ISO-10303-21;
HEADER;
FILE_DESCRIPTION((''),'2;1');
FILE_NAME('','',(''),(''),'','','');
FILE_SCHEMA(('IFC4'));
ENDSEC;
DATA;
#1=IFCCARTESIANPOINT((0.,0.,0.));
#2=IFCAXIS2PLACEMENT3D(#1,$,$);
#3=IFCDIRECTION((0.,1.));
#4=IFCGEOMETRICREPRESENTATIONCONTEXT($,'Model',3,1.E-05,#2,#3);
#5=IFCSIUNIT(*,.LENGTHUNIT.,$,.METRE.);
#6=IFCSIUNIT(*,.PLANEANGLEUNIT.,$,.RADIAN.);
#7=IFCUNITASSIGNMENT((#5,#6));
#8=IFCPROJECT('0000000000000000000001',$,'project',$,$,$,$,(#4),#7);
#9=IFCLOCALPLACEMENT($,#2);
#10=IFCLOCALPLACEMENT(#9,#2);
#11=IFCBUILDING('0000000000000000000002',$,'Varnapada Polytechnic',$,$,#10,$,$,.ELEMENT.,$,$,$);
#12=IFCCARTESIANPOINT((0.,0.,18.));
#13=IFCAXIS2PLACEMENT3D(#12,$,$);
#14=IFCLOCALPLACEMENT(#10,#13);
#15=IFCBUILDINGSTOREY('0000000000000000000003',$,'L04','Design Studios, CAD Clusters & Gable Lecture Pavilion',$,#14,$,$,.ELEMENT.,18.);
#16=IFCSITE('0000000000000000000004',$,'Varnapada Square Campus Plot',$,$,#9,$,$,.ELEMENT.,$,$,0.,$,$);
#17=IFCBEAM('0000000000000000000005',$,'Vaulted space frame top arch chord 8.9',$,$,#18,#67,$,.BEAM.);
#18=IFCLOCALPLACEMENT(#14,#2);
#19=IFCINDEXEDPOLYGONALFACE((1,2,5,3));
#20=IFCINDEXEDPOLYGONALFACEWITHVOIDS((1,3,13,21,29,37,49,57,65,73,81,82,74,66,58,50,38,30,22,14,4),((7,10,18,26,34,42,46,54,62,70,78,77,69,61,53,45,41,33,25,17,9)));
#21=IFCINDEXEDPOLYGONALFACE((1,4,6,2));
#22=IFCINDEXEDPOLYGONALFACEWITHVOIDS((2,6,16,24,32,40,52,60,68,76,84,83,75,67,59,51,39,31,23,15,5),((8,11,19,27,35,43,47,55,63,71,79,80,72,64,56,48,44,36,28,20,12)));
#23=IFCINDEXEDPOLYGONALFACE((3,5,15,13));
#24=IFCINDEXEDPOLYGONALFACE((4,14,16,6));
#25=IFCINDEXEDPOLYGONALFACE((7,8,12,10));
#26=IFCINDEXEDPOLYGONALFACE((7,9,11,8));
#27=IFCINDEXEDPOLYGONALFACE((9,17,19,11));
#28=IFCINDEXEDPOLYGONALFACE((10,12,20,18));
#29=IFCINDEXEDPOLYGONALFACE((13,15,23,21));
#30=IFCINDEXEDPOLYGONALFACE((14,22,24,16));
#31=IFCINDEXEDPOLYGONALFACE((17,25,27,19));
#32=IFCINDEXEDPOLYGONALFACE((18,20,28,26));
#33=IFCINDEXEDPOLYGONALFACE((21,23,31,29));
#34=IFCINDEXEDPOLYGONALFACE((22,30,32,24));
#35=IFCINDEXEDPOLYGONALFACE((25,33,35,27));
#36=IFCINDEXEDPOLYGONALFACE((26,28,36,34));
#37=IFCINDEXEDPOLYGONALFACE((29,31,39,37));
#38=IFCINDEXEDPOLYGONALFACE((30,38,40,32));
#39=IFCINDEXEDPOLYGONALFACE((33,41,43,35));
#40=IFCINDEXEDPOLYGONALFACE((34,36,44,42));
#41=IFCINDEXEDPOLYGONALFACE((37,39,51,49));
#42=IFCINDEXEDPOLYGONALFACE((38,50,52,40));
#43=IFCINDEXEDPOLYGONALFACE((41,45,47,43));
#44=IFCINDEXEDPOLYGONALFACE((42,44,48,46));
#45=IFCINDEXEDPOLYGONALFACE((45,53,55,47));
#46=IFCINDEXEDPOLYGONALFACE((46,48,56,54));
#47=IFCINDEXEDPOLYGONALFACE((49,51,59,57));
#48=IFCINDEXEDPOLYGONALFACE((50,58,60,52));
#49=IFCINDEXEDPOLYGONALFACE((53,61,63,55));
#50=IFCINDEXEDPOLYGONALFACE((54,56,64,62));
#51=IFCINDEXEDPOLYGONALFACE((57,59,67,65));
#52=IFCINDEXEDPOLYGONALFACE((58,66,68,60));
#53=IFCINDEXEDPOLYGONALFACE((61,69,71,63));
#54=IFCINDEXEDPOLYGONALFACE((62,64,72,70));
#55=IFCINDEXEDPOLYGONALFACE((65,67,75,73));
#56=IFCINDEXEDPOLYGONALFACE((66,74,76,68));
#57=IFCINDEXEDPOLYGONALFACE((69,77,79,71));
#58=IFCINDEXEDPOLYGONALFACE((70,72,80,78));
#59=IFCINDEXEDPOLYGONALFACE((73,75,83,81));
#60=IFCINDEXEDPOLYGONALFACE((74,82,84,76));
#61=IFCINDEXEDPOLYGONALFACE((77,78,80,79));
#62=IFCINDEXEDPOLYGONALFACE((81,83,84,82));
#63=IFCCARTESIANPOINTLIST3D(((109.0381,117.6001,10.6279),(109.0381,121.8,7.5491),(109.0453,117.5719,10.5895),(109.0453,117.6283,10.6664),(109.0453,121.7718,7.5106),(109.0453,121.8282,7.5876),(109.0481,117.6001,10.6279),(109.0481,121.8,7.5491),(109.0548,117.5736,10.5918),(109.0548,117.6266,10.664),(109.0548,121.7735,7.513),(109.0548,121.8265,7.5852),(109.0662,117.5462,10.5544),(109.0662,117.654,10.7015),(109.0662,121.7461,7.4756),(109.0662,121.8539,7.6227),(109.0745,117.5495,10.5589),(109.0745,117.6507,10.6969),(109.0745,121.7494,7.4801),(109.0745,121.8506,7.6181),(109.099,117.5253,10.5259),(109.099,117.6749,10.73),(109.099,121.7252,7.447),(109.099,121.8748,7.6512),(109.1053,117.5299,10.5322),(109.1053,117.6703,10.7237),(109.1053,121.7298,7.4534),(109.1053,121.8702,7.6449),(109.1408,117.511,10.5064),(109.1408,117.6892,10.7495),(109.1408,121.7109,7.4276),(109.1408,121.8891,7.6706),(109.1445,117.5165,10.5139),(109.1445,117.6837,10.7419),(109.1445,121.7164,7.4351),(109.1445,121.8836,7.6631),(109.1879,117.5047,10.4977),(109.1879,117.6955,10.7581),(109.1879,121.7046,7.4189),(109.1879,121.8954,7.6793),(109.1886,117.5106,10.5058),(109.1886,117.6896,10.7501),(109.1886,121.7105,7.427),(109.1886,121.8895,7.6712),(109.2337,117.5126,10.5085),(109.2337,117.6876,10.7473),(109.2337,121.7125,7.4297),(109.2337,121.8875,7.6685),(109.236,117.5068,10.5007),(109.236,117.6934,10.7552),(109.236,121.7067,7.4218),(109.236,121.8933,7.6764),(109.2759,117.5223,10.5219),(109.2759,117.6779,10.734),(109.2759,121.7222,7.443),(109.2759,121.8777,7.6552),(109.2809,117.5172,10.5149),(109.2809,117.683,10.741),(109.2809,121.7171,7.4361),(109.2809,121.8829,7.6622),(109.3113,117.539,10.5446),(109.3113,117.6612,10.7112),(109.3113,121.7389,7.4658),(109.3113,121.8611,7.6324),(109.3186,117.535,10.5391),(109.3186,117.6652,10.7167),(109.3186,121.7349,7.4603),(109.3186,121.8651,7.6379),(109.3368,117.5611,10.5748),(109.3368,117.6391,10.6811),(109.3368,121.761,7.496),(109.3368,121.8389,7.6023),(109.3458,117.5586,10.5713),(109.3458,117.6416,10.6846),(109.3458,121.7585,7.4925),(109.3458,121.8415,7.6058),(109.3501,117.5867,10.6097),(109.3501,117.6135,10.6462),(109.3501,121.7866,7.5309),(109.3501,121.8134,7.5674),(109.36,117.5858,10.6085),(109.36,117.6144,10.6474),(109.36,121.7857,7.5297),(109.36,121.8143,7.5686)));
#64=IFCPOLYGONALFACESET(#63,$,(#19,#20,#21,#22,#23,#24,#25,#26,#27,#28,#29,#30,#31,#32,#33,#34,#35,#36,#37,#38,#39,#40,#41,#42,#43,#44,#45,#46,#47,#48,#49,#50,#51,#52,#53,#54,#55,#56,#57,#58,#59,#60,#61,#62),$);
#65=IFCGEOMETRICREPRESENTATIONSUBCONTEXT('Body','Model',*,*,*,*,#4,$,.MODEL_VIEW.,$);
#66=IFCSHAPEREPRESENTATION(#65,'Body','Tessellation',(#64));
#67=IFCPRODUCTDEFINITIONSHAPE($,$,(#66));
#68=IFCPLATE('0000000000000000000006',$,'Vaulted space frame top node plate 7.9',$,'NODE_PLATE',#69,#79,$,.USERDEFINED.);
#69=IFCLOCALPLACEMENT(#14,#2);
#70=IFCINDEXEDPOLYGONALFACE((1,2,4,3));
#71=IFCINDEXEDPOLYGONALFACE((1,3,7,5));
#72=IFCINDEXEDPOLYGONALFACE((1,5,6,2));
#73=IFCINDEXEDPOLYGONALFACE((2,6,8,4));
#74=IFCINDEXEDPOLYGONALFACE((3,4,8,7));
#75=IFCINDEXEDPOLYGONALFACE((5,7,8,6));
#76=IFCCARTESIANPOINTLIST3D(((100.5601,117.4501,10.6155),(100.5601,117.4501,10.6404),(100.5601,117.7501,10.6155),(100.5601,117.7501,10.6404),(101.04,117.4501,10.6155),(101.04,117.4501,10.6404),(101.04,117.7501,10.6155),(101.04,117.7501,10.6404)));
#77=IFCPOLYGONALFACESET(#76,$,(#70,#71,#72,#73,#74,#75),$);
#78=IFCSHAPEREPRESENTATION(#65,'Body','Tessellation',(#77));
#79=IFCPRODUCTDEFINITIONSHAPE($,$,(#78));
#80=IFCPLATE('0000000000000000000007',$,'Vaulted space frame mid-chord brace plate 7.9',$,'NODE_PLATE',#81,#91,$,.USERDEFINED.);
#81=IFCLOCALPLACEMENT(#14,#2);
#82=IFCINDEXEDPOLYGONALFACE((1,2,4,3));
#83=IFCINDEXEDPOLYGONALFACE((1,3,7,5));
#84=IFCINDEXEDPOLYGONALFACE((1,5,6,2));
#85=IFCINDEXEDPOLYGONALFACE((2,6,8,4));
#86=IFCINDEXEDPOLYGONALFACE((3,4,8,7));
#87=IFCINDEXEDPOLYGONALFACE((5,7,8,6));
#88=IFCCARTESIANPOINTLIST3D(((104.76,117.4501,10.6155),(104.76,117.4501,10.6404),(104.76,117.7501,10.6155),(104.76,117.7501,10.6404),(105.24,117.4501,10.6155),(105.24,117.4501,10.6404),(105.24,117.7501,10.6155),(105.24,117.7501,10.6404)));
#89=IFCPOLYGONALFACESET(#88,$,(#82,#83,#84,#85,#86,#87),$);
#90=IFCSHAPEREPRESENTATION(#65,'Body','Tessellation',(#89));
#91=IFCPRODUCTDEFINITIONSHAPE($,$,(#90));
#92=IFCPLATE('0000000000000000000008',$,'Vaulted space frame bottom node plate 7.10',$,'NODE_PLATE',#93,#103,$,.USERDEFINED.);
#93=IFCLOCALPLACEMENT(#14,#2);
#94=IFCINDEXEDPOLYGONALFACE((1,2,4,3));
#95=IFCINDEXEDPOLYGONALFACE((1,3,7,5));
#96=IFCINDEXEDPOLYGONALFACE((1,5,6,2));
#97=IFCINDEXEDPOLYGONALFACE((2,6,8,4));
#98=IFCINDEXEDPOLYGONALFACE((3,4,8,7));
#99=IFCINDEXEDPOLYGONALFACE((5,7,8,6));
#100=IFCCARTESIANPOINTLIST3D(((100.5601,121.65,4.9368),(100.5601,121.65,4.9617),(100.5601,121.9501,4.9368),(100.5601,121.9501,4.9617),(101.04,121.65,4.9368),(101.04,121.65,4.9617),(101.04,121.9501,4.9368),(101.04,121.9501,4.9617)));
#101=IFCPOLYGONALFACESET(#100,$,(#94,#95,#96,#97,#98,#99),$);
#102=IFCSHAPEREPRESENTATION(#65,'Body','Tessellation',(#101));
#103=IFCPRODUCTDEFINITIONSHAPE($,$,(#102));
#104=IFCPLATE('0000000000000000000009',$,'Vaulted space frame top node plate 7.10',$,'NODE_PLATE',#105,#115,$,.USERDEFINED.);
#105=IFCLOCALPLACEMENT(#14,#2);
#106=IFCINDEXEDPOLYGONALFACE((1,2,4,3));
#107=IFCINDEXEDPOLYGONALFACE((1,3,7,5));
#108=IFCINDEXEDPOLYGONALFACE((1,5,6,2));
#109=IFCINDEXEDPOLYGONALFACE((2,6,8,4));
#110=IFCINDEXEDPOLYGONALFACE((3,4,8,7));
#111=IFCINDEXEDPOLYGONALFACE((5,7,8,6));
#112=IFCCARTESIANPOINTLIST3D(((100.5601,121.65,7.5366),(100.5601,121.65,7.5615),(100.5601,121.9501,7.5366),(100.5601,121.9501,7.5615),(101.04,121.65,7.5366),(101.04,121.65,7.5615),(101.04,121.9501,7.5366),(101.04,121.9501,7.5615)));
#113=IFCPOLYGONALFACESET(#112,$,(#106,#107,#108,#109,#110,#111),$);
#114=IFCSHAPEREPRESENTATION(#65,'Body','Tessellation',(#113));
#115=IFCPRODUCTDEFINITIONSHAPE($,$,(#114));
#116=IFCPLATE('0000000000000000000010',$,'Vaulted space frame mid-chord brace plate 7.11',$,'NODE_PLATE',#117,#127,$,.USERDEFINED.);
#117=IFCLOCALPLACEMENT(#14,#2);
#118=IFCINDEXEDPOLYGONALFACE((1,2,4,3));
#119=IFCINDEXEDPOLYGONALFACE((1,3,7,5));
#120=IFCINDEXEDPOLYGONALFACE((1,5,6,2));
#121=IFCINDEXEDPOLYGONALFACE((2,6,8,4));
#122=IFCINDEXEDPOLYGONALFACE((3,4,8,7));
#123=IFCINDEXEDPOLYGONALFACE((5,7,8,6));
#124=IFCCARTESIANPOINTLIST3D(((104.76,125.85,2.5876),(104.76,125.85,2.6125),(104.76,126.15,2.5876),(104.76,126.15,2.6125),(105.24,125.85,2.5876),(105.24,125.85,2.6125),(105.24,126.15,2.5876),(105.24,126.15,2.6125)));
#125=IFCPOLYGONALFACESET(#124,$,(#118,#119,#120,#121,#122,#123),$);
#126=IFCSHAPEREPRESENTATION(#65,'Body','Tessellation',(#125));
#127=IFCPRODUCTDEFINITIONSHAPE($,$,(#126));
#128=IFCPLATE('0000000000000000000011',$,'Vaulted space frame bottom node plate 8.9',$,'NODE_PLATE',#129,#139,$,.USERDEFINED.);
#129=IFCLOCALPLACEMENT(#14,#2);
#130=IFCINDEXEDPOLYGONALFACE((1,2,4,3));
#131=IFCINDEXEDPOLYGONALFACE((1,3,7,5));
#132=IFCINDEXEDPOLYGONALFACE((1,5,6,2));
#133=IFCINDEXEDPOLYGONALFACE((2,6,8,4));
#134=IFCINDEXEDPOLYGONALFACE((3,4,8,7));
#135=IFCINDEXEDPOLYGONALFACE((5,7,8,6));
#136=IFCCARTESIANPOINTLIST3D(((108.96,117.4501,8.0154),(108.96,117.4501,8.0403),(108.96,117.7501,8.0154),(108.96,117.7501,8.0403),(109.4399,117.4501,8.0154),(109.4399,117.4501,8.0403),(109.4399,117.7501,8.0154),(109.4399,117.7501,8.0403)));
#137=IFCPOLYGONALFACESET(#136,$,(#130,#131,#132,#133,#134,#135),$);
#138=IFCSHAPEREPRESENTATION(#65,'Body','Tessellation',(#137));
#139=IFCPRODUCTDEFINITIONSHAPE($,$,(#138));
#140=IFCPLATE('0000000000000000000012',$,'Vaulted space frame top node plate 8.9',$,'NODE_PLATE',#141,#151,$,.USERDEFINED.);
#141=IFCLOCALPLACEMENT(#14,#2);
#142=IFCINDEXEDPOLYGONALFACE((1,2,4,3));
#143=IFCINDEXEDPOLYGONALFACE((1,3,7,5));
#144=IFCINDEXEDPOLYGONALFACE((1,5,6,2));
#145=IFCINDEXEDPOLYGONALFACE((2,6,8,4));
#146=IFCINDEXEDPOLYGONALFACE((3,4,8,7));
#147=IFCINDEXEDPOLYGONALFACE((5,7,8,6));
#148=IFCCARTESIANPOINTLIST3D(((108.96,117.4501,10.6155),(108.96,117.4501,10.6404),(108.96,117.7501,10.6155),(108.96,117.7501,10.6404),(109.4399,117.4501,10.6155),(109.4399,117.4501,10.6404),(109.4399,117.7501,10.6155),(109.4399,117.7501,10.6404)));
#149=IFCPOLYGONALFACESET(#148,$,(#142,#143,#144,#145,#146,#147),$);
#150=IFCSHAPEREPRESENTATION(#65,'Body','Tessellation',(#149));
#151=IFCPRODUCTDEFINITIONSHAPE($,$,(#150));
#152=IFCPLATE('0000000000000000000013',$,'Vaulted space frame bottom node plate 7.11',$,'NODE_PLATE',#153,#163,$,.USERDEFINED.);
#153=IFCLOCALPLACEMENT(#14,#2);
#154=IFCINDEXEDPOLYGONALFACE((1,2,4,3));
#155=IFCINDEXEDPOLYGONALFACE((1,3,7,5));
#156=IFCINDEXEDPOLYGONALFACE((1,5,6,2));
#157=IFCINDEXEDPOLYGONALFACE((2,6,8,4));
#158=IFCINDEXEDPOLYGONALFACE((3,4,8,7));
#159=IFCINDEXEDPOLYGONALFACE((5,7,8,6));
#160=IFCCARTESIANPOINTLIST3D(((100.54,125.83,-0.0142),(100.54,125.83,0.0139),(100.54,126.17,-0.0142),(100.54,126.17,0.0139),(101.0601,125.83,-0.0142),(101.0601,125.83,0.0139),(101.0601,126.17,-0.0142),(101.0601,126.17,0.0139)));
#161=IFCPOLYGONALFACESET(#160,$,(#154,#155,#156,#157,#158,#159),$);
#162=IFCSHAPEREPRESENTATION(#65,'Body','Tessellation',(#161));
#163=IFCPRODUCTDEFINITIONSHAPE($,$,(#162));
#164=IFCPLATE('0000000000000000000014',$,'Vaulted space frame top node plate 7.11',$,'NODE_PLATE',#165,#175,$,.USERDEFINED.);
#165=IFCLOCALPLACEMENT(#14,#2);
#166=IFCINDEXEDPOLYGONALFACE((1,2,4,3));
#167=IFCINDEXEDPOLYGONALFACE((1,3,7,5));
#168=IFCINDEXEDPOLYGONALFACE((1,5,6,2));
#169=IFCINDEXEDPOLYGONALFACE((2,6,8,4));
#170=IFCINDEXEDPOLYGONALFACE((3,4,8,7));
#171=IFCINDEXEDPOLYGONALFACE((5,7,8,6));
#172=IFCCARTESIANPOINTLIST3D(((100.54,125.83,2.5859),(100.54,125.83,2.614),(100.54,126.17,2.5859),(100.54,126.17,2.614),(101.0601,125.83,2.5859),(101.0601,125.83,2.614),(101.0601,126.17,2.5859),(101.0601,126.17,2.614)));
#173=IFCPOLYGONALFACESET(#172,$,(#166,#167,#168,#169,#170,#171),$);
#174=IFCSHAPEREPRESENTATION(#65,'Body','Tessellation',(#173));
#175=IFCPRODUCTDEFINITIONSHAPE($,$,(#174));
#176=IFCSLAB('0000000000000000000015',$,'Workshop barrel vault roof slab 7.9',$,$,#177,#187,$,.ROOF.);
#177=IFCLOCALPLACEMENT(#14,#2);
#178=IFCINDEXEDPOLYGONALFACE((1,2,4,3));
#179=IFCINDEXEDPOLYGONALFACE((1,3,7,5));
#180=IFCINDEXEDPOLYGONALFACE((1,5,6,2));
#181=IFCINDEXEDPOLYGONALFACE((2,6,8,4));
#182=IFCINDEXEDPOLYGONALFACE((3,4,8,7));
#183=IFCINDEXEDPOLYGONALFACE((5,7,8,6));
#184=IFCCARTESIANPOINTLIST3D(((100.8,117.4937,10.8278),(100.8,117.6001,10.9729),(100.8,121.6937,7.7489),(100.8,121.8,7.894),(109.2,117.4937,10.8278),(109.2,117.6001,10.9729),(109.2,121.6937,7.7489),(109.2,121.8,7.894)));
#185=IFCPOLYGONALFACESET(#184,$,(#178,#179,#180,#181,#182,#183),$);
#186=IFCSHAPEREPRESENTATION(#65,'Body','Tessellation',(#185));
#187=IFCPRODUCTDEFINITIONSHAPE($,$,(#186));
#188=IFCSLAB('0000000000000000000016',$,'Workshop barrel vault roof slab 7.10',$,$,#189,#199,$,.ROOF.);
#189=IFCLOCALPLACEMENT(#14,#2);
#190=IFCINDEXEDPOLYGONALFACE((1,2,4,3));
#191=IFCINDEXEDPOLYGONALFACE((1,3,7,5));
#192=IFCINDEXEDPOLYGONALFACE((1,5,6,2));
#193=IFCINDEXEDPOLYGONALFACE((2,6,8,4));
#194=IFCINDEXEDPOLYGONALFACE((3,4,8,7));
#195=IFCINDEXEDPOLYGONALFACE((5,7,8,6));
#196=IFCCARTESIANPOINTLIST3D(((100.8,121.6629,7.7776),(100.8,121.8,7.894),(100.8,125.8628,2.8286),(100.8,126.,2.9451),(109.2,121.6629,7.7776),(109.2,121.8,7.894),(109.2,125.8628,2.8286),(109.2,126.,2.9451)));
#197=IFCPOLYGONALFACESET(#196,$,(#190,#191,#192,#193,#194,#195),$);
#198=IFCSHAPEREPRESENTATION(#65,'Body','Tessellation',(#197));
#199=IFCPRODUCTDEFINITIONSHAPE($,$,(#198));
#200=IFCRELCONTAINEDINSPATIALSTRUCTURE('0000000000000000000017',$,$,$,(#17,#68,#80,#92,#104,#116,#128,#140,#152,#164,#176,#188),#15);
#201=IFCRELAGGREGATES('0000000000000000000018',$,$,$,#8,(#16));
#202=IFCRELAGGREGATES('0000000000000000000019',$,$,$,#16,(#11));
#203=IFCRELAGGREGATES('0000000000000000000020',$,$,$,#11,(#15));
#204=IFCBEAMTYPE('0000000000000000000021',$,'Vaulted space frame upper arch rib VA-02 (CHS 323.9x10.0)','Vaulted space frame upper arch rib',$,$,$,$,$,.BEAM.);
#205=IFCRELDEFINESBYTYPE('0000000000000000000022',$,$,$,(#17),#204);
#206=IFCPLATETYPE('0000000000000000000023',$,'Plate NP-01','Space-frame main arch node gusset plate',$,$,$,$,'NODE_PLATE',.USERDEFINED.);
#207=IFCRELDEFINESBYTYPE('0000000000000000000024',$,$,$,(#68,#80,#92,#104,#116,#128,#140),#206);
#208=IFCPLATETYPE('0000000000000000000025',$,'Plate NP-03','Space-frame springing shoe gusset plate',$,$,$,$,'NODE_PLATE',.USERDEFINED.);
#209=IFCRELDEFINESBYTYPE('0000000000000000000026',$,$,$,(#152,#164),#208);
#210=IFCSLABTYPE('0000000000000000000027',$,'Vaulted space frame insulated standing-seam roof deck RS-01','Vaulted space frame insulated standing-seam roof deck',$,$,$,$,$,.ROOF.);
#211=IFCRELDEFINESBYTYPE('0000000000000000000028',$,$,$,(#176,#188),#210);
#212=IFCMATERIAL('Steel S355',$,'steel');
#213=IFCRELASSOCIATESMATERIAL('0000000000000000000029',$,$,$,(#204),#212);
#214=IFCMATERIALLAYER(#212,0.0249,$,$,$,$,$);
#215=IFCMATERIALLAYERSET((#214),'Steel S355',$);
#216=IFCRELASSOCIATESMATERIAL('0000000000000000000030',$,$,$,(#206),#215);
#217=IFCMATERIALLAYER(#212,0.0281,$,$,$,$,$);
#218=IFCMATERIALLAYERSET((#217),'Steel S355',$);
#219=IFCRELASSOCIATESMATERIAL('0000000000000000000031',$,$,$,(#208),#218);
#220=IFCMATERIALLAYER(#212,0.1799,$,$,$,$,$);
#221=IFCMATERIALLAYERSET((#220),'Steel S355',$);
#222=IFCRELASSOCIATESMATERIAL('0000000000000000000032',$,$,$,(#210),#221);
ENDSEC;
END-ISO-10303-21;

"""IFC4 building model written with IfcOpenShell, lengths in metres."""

from ifc_helpers import new_model, si_unit, direction, frame, origin, origin_2d, place, context, subcontext, project, spatial, polyline, rectangle, hollow_circle, outline, extrude, material, layer, layer_set, material_profile, profile_set, type_object, element, save


model = new_model("IFC4")

# Units and contexts
model_context = context("Model", 3, precision=1e-05, world=origin(), true_north=direction((0.0, 1.0)))
body_context = subcontext(model_context, "Body", "Model", "MODEL_VIEW")
ifc_project = project(units=[si_unit("LENGTHUNIT", "METRE"), si_unit("PLANEANGLEUNIT", "RADIAN")], contexts=[model_context])

# Site, building, storey
site_placement = place(None, origin())
site = spatial("IfcSite", under=ifc_project, at=site_placement, Name="Varnapada Square Campus Plot", CompositionType="ELEMENT", RefElevation=0.0)
building_placement = place(site_placement, origin())
building = spatial("IfcBuilding", under=site, at=building_placement, Name="Varnapada Polytechnic", CompositionType="ELEMENT")
storey_placement = place(building_placement, frame((0.0, 0.0, 18.0)))
storey = spatial("IfcBuildingStorey", under=building, at=storey_placement, Name="L04", Description="Design Studios, CAD Clusters & Gable Lecture Pavilion", CompositionType="ELEMENT", Elevation=18.0)

# Shared definitions
ifc_material = material(Name="Steel S355", Category="steel")

# Beam
ifc_material_profile_1 = material_profile(ifc_material, hollow_circle(Radius=0.1619, WallThickness=0.01, at=origin_2d()), Name="CHS 323.9x10.0")
ifc_profile_set_1 = profile_set([ifc_material_profile_1], Name="Steel S355")
beam_type_1 = type_object("IfcBeamType", Name="Vaulted space frame upper arch rib VA-02 (CHS 323.9x10.0)", Description="Vaulted space frame upper arch rib", PredefinedType="BEAM", material=ifc_profile_set_1)
beam_1_placement = place(storey_placement, frame((109.2, 117.6001, 10.6279), z_axis=(0.0, 0.806506, -0.591225), x_axis=(-1.0, 0.0, 0.0)))
element("IfcBeam", 1, at=beam_1_placement, inside=storey, type_object=beam_type_1, Name="Vaulted space frame top arch chord 8.9", PredefinedType="BEAM", context=body_context, shape_type="SweptSolid", body=[
    extrude(hollow_circle(Radius=0.1619, WallThickness=0.01, at=origin_2d()), origin(), (0.0, 0.0, 1.0), 5.2075),
])

# Plates
ifc_layer_1 = layer(ifc_material, 0.0249)
ifc_layer_set_1 = layer_set([ifc_layer_1], Name="Steel S355")
plate_type_1 = type_object("IfcPlateType", Name="Plate NP-01", Description="Space-frame main arch node gusset plate", ElementType="NODE_PLATE", PredefinedType="USERDEFINED", material=ifc_layer_set_1)
for number, where, z_axis, x_axis, name in (
    (2, (100.8, 117.6001, 10.6155), (0.0, 0.0, 1.0), (1.0, 0.0, 0.0), "Vaulted space frame top node plate 7.9"),
    (3, (105.0, 117.6001, 10.6155), (0.0, 0.0, 1.0), (1.0, 0.0, 0.0), "Vaulted space frame mid-chord brace plate 7.9"),
    (4, (100.8, 121.8, 4.9368), (0.0, 0.0, 1.0), (1.0, 0.0, 0.0), "Vaulted space frame bottom node plate 7.10"),
    (5, (100.8, 121.8, 7.5366), (0.0, 0.0, 1.0), (1.0, 0.0, 0.0), "Vaulted space frame top node plate 7.10"),
    (6, (105.0, 126.0, 2.5876), (0.0, 0.0, 1.0), (1.0, 0.0, 0.0), "Vaulted space frame mid-chord brace plate 7.11"),
    (7, (109.2, 117.6001, 8.0154), (0.0, 0.0, 1.0), (1.0, 0.0, 0.0), "Vaulted space frame bottom node plate 8.9"),
    (8, (109.2, 117.6001, 10.6155), (0.0, 0.0, 1.0), (1.0, 0.0, 0.0), "Vaulted space frame top node plate 8.9"),
):
    element("IfcPlate", number, at=place(storey_placement, frame(where, z_axis=z_axis, x_axis=x_axis)), inside=storey, type_object=plate_type_1, Name=name, ObjectType="NODE_PLATE", PredefinedType="USERDEFINED", context=body_context, shape_type="SweptSolid", body=[
        extrude(rectangle(XDim=0.48, YDim=0.3, at=origin_2d()), origin(), (0.0, 0.0, 1.0), 0.0249),
    ])
ifc_layer_2 = layer(ifc_material, 0.0281)
ifc_layer_set_2 = layer_set([ifc_layer_2], Name="Steel S355")
plate_type_2 = type_object("IfcPlateType", Name="Plate NP-03", Description="Space-frame springing shoe gusset plate", ElementType="NODE_PLATE", PredefinedType="USERDEFINED", material=ifc_layer_set_2)
for number, where, z_axis, x_axis, name in (
    (9, (100.8, 126.0, -0.0142), (0.0, 0.0, 1.0), (1.0, 0.0, 0.0), "Vaulted space frame bottom node plate 7.11"),
    (10, (100.8, 126.0, 2.5859), (0.0, 0.0, 1.0), (1.0, 0.0, 0.0), "Vaulted space frame top node plate 7.11"),
):
    element("IfcPlate", number, at=place(storey_placement, frame(where, z_axis=z_axis, x_axis=x_axis)), inside=storey, type_object=plate_type_2, Name=name, ObjectType="NODE_PLATE", PredefinedType="USERDEFINED", context=body_context, shape_type="SweptSolid", body=[
        extrude(rectangle(XDim=0.52, YDim=0.3401, at=origin_2d()), origin(), (0.0, 0.0, 1.0), 0.0281),
    ])

# Slabs
ifc_layer_3 = layer(ifc_material, 0.1799)
ifc_layer_set_3 = layer_set([ifc_layer_3], Name="Steel S355")
slab_type = type_object("IfcSlabType", Name="Vaulted space frame insulated standing-seam roof deck RS-01", Description="Vaulted space frame insulated standing-seam roof deck", PredefinedType="ROOF", material=ifc_layer_set_3)
slab_1_placement = place(storey_placement, frame((100.8, 117.6001, 10.9729), z_axis=(0.0, 0.591225, 0.806506), x_axis=(1.0, 0.0, 0.0)))
element("IfcSlab", 11, at=slab_1_placement, inside=storey, type_object=slab_type, Name="Workshop barrel vault roof slab 7.9", PredefinedType="ROOF", context=body_context, shape_type="SweptSolid", body=[
    extrude(outline(polyline([(0.0, 0.0), (8.3999, 0.0), (8.3999, 5.2076), (0.0, 5.2076), (0.0, 0.0)])), origin(), (0.0, 0.0, -1.0), 0.1799),
])
slab_2_placement = place(storey_placement, frame((100.8, 121.8, 7.894), z_axis=(0.0, 0.762447, 0.647051), x_axis=(1.0, 0.0, 0.0)))
element("IfcSlab", 12, at=slab_2_placement, inside=storey, type_object=slab_type, Name="Workshop barrel vault roof slab 7.10", PredefinedType="ROOF", context=body_context, shape_type="SweptSolid", body=[
    extrude(outline(polyline([(0.0, 0.0), (8.3999, 0.0), (8.3999, 6.4909), (0.0, 6.4909), (0.0, 0.0)])), origin(), (0.0, 0.0, -1.0), 0.1799),
])

save(model, "model.ifc")
